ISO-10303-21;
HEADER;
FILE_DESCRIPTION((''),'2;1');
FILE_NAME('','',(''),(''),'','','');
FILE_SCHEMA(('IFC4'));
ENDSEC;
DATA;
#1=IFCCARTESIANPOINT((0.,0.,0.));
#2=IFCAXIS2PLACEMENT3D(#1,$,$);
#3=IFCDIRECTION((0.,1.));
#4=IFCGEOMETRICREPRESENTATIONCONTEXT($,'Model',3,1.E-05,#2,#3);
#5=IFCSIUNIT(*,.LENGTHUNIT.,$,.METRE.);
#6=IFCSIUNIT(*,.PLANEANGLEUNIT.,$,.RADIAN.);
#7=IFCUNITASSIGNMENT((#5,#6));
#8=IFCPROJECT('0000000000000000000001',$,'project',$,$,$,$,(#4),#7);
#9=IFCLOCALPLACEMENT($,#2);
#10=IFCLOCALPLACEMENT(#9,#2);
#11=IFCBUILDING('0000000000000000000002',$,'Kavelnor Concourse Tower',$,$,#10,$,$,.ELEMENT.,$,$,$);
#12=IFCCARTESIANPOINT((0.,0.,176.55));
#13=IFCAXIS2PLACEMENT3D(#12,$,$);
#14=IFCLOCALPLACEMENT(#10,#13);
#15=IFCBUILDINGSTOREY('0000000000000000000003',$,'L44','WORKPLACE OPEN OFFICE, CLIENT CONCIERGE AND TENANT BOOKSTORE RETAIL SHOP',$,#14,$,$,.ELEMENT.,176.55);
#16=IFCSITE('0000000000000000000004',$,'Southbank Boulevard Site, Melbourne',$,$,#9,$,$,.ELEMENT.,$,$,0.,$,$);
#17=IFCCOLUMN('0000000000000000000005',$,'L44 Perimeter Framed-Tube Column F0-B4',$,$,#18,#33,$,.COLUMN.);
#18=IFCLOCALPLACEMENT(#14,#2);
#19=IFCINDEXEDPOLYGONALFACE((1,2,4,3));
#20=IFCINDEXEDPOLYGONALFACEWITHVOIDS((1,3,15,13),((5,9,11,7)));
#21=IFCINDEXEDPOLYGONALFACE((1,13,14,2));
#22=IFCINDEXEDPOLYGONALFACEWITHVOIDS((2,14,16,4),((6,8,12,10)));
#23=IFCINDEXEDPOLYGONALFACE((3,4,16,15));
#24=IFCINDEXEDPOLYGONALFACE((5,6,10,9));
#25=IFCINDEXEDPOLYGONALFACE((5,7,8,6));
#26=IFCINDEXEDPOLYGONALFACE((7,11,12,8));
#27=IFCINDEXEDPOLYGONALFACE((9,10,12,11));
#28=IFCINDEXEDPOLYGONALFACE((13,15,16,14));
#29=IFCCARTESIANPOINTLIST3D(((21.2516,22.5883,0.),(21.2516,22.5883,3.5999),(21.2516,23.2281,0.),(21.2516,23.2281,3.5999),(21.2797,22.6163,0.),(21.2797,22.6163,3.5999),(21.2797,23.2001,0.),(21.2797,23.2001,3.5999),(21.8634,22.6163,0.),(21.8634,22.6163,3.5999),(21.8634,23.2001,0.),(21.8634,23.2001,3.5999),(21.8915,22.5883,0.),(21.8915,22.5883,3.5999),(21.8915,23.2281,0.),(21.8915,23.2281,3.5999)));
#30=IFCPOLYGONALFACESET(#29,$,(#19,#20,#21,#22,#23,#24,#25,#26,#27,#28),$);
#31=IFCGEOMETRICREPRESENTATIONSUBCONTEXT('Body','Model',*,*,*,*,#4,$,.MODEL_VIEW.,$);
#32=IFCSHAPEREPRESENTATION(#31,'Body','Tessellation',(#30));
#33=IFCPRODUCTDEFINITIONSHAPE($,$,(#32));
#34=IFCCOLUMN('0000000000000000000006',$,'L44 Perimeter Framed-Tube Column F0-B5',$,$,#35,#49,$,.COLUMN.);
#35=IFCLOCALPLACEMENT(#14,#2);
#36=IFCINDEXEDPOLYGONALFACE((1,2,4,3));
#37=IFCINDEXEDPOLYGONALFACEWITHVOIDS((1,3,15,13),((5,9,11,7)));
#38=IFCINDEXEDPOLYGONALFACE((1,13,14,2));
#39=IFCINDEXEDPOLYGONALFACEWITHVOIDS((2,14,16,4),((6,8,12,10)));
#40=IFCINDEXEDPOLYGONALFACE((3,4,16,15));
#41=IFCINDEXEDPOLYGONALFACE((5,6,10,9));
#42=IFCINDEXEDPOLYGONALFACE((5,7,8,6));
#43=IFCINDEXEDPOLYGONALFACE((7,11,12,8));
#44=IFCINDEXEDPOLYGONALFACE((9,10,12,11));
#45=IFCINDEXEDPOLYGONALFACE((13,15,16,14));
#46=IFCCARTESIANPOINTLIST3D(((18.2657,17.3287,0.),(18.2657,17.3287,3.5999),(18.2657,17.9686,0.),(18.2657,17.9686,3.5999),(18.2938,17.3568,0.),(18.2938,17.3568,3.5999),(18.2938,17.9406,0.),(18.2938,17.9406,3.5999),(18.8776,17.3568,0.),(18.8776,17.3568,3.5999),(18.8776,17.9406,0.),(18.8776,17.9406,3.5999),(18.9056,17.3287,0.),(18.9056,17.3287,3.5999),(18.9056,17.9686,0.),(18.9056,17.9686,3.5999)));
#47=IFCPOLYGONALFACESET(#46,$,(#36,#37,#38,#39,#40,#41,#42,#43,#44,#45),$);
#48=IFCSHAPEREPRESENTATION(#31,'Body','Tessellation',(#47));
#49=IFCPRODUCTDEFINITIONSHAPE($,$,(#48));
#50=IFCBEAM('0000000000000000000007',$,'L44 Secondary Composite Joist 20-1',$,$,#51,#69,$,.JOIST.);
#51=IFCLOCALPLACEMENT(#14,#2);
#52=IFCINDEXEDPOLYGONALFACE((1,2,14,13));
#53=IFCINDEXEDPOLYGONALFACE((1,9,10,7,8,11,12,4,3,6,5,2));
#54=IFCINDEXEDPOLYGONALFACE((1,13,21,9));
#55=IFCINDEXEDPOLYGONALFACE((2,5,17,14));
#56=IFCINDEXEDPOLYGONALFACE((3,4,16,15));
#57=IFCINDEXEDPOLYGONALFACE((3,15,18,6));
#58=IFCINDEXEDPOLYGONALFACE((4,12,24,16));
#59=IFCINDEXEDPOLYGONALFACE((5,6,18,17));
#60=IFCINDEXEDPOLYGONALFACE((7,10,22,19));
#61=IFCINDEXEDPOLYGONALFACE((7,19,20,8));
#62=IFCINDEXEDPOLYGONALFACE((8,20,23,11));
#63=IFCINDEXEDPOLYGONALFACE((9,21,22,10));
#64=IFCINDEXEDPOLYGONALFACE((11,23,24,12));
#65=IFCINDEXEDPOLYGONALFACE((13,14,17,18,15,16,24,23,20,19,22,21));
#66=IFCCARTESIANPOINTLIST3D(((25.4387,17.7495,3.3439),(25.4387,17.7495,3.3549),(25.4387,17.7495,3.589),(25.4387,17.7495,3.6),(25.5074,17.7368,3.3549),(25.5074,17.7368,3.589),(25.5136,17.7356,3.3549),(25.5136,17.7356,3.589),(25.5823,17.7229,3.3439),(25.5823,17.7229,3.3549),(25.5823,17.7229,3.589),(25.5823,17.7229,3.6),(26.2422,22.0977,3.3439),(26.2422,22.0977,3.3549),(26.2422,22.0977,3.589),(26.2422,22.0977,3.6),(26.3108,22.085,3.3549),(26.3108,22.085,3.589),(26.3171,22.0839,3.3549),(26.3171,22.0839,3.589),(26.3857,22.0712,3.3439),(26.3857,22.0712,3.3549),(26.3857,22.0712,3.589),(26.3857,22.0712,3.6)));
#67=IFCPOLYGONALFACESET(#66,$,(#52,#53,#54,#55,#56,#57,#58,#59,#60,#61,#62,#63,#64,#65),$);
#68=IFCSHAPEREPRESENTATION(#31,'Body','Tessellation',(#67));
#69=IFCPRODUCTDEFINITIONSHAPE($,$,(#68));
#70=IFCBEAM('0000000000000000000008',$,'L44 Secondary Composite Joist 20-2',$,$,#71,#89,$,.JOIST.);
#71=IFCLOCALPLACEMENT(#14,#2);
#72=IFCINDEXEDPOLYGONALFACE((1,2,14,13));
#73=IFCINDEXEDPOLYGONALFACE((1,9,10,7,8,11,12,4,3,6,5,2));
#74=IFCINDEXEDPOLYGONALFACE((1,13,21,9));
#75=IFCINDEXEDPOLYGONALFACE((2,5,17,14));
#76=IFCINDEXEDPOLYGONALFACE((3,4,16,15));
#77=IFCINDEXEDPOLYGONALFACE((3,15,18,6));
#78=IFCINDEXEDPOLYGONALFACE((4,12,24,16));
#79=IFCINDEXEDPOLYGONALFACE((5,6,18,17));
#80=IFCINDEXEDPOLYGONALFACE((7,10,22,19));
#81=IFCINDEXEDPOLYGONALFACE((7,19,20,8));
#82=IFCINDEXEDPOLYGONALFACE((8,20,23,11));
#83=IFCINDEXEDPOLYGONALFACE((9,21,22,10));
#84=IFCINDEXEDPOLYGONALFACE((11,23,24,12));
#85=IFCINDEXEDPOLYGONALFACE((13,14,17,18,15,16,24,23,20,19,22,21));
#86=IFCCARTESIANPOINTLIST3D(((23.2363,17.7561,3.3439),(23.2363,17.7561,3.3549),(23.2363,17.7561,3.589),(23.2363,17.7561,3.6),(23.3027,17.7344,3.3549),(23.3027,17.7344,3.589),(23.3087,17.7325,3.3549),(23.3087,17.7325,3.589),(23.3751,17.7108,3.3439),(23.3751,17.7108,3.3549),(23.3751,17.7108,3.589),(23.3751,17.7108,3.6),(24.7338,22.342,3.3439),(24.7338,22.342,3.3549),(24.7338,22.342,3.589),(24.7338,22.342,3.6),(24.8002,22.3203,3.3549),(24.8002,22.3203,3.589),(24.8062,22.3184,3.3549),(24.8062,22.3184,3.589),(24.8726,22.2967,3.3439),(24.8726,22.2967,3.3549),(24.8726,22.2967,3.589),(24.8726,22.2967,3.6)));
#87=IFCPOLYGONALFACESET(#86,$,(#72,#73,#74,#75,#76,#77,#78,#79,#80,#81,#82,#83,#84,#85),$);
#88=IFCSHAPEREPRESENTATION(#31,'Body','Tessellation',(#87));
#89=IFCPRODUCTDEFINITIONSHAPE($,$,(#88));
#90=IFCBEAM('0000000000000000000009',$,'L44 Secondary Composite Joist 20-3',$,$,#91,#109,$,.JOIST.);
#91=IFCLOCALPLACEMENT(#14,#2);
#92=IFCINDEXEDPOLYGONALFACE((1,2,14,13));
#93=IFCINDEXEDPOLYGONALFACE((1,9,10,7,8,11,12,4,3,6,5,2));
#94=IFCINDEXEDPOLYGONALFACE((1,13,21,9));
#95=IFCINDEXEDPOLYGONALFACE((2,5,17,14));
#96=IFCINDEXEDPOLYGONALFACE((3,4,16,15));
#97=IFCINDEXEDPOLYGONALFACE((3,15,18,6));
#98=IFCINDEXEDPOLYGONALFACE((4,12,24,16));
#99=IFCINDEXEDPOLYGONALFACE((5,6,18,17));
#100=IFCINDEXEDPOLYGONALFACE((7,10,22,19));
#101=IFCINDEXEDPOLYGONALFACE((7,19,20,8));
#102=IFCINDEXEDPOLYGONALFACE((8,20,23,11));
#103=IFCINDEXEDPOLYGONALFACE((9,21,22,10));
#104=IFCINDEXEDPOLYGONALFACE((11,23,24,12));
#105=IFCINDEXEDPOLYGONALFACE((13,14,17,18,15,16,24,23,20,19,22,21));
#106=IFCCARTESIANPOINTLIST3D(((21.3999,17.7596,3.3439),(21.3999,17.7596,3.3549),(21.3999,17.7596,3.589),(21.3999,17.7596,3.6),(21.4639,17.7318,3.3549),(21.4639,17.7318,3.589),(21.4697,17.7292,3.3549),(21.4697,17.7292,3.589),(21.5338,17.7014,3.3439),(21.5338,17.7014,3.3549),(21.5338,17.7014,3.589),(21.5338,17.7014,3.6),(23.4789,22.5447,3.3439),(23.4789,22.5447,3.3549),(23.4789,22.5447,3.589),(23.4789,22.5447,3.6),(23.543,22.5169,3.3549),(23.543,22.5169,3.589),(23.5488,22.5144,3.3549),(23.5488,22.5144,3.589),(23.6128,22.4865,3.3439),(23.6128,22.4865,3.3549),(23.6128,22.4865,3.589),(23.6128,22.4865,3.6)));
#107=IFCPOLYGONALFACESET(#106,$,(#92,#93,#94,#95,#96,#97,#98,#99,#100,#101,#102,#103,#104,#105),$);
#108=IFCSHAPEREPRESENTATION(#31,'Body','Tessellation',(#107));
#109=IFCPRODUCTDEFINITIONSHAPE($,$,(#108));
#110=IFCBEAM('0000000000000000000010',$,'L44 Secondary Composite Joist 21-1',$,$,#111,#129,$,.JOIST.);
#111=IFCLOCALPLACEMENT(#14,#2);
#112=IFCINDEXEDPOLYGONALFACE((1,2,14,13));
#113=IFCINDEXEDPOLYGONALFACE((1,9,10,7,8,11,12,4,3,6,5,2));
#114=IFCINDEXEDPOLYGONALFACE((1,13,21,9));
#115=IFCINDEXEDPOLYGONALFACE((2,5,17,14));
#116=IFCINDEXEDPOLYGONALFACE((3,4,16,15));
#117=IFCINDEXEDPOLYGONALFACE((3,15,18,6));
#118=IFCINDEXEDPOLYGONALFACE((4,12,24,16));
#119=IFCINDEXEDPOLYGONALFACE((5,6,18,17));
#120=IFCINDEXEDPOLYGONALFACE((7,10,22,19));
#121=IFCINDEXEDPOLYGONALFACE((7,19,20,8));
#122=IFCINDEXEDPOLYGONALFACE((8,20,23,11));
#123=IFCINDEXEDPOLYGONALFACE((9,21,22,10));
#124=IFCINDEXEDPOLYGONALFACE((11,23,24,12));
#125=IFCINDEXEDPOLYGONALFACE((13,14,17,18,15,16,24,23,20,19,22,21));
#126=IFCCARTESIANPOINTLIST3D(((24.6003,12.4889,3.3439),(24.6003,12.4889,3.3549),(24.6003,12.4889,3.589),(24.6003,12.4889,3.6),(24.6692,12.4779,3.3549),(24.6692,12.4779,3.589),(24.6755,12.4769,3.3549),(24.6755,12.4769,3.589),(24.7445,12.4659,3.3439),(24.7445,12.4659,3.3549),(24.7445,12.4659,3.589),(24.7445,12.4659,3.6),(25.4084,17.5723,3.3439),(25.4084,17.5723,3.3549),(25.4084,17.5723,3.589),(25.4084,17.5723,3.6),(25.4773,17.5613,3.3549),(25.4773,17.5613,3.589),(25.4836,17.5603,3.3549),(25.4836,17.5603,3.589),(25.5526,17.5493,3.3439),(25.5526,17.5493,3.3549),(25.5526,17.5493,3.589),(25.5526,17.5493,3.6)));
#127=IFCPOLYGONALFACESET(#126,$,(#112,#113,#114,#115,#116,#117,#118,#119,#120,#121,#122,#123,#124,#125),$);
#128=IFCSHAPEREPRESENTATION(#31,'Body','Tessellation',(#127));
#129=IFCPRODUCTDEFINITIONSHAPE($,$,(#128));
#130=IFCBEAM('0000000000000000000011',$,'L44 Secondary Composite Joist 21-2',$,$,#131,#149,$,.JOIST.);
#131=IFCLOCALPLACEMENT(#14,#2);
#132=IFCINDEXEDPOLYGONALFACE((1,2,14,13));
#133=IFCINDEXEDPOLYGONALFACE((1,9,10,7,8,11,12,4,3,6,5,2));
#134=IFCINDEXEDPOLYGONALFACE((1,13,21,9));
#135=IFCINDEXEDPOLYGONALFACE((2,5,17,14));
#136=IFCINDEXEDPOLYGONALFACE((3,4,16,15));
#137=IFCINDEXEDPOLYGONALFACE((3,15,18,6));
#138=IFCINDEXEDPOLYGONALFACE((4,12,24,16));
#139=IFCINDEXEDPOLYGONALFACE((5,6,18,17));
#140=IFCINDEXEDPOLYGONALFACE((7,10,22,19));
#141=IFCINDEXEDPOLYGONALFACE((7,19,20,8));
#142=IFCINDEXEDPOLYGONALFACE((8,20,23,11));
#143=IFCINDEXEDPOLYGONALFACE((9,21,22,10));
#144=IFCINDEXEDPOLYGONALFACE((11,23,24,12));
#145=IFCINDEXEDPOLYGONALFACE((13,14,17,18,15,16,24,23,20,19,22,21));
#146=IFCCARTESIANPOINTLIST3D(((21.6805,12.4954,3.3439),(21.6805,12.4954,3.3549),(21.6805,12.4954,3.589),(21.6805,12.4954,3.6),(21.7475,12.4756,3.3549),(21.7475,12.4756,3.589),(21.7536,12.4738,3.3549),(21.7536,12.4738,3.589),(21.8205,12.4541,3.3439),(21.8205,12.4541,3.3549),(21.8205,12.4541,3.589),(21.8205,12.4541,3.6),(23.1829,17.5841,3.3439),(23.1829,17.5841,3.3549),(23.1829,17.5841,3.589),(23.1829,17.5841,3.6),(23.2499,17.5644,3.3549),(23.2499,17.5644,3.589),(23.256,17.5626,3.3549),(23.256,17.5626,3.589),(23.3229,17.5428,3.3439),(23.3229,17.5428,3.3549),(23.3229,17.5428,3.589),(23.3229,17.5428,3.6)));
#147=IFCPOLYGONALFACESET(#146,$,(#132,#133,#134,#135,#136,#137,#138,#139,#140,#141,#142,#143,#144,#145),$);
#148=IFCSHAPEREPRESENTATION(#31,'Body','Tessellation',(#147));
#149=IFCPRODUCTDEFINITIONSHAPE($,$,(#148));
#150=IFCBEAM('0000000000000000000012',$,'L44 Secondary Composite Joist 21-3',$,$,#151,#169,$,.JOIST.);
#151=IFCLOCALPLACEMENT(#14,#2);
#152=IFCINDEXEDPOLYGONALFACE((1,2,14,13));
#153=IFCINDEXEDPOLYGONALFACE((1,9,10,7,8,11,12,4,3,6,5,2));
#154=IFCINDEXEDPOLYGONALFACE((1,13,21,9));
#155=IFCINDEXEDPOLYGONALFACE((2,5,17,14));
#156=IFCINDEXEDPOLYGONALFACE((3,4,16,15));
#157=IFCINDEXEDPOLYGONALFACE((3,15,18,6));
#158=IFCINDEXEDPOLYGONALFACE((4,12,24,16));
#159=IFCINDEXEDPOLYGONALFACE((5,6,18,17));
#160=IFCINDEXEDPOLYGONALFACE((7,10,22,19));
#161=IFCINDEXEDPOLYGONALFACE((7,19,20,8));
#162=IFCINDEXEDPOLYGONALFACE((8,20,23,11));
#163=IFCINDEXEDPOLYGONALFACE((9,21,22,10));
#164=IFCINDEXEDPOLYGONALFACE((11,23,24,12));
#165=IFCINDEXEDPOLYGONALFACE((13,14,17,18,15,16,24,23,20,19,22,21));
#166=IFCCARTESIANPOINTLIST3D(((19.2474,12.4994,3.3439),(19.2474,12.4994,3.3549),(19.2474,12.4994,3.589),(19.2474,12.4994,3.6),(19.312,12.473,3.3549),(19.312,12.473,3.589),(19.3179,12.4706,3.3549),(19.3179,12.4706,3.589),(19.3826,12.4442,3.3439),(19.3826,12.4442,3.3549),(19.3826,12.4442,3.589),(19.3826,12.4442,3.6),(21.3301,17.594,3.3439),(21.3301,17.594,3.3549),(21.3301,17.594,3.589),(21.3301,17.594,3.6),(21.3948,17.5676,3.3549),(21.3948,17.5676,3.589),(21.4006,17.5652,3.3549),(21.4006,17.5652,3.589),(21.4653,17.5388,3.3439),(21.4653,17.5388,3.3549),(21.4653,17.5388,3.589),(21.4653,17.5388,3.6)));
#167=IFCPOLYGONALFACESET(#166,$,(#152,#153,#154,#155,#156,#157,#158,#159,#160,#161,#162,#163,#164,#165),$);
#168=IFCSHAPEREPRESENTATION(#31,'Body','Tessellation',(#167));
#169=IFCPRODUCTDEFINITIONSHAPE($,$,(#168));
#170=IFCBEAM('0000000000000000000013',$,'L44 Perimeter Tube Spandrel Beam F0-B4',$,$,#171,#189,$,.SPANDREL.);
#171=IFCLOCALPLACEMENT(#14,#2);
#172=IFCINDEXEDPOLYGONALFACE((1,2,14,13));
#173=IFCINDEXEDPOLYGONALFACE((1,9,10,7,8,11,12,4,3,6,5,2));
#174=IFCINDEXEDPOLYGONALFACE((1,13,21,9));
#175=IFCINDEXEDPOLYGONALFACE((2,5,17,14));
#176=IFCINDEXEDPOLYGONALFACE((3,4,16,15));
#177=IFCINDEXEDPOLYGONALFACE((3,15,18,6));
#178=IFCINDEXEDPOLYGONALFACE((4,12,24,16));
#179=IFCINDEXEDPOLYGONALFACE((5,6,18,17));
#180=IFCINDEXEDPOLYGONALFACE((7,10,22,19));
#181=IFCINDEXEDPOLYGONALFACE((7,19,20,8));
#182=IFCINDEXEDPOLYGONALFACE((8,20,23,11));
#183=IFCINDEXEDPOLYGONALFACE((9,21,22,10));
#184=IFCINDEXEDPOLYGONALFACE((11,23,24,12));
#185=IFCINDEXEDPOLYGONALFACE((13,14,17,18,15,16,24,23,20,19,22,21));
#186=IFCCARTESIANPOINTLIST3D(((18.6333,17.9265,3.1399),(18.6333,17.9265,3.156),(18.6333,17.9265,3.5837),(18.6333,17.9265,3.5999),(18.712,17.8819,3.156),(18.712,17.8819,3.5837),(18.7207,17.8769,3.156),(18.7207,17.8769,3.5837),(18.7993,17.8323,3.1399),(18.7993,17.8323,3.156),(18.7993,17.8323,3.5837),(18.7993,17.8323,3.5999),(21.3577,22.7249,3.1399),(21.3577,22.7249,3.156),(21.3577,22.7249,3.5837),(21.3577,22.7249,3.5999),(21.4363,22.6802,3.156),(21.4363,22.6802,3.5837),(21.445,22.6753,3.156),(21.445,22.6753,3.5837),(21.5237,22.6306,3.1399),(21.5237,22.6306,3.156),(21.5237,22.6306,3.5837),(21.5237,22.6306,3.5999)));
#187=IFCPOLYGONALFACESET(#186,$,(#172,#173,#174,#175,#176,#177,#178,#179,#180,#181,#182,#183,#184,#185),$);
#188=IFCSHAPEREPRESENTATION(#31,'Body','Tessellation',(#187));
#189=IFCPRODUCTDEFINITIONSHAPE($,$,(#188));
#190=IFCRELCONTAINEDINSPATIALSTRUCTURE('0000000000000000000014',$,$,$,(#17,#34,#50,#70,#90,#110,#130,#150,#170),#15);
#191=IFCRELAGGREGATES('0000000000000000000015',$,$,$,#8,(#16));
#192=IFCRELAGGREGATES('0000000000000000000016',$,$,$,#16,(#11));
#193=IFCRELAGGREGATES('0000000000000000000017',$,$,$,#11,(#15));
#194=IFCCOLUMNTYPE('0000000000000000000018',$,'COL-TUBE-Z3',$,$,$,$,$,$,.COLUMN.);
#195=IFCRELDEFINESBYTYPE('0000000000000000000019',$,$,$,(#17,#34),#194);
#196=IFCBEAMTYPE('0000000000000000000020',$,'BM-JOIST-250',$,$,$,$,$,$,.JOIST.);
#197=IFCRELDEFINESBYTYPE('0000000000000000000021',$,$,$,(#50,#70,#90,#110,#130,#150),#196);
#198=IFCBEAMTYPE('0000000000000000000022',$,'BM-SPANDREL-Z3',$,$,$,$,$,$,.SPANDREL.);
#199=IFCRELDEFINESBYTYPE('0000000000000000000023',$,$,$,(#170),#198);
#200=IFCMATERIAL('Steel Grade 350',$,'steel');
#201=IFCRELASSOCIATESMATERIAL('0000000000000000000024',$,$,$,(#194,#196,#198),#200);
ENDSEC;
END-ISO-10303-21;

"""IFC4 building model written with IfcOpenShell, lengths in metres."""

from ifc_helpers import new_model, si_unit, direction, frame, origin, origin_2d, place, context, subcontext, project, spatial, hollow_rectangle, i_section, extrude, material, material_profile, profile_set, type_object, element, save


model = new_model("IFC4")

# Units and contexts
model_context = context("Model", 3, precision=1e-05, world=origin(), true_north=direction((0.0, 1.0)))
body_context = subcontext(model_context, "Body", "Model", "MODEL_VIEW")
ifc_project = project(units=[si_unit("LENGTHUNIT", "METRE"), si_unit("PLANEANGLEUNIT", "RADIAN")], contexts=[model_context])

# Site, building, storey
site_placement = place(None, origin())
site = spatial("IfcSite", under=ifc_project, at=site_placement, Name="Southbank Boulevard Site, Melbourne", CompositionType="ELEMENT", RefElevation=0.0)
building_placement = place(site_placement, origin())
building = spatial("IfcBuilding", under=site, at=building_placement, Name="Kavelnor Concourse Tower", CompositionType="ELEMENT")
storey_placement = place(building_placement, frame((0.0, 0.0, 176.55)))
storey = spatial("IfcBuildingStorey", under=building, at=storey_placement, Name="L44", Description="WORKPLACE OPEN OFFICE, CLIENT CONCIERGE AND TENANT BOOKSTORE RETAIL SHOP", CompositionType="ELEMENT", Elevation=176.55)

# Columns
ifc_material_1 = material(Name="Steel Grade 350", Category="steel")
ifc_material_profile_1 = material_profile(ifc_material_1, hollow_rectangle(XDim=0.6399, YDim=0.6399, WallThickness=0.0281, at=origin_2d()), Name="SHS 640x640x28")
ifc_profile_set_1 = profile_set([ifc_material_profile_1], Name="Steel Grade 350")
column_type = type_object("IfcColumnType", Name="COL-TUBE-Z3", PredefinedType="COLUMN", material=ifc_profile_set_1)
for number, where, z_axis, x_axis, name in (
    (1, (21.5715, 22.9082, 0.0), (0.0, 0.0, 1.0), (1.0, 0.0, 0.0), "L44 Perimeter Framed-Tube Column F0-B4"),
    (2, (18.5857, 17.6487, 0.0), (0.0, 0.0, 1.0), (1.0, 0.0, 0.0), "L44 Perimeter Framed-Tube Column F0-B5"),
):
    element("IfcColumn", number, at=place(storey_placement, frame(where, z_axis=z_axis, x_axis=x_axis)), inside=storey, type_object=column_type, Name=name, PredefinedType="COLUMN", context=body_context, shape_type="SweptSolid", body=[
        extrude(hollow_rectangle(XDim=0.6399, YDim=0.6399, WallThickness=0.0281, at=origin_2d()), origin(), (0.0, 0.0, 1.0), 3.5999),
    ])

# Beams
ifc_material_profile_2 = material_profile(ifc_material_1, i_section(OverallWidth=0.146, OverallDepth=0.2561, WebThickness=0.0063, FlangeThickness=0.011, at=origin_2d()), Name="250UB37")
ifc_profile_set_2 = profile_set([ifc_material_profile_2], Name="Steel Grade 350")
beam_type_1 = type_object("IfcBeamType", Name="BM-JOIST-250", PredefinedType="JOIST", material=ifc_profile_set_2)
beam_1_placement = place(storey_placement, frame((26.314, 22.0845, 3.4719), z_axis=(-0.181708, -0.983353, 0.0), x_axis=(0.983353, -0.181708, 0.0)))
element("IfcBeam", 3, at=beam_1_placement, inside=storey, type_object=beam_type_1, Name="L44 Secondary Composite Joist 20-1", PredefinedType="JOIST", context=body_context, shape_type="SweptSolid", body=[
    extrude(i_section(OverallWidth=0.146, OverallDepth=0.2561, WebThickness=0.0063, FlangeThickness=0.011, at=origin_2d()), origin(), (0.0, 0.0, 1.0), 4.4219),
])
beam_2_placement = place(storey_placement, frame((24.8032, 22.3193, 3.4719), z_axis=(-0.310422, -0.950599, 0.0), x_axis=(0.950599, -0.310422, 0.0)))
element("IfcBeam", 4, at=beam_2_placement, inside=storey, type_object=beam_type_1, Name="L44 Secondary Composite Joist 20-2", PredefinedType="JOIST", context=body_context, shape_type="SweptSolid", body=[
    extrude(i_section(OverallWidth=0.146, OverallDepth=0.2561, WebThickness=0.0063, FlangeThickness=0.011, at=origin_2d()), origin(), (0.0, 0.0, 1.0), 4.8242),
])
beam_3_placement = place(storey_placement, frame((23.5459, 22.5156, 3.4719), z_axis=(-0.3985, -0.917168, 0.0), x_axis=(0.917168, -0.3985, 0.0)))
element("IfcBeam", 5, at=beam_3_placement, inside=storey, type_object=beam_type_1, Name="L44 Secondary Composite Joist 20-3", PredefinedType="JOIST", context=body_context, shape_type="SweptSolid", body=[
    extrude(i_section(OverallWidth=0.146, OverallDepth=0.2561, WebThickness=0.0063, FlangeThickness=0.011, at=origin_2d()), origin(), (0.0, 0.0, 1.0), 5.2173),
])
beam_4_placement = place(storey_placement, frame((25.4805, 17.5608, 3.4719), z_axis=(-0.156995, -0.987599, 0.0), x_axis=(0.987599, -0.156995, 0.0)))
element("IfcBeam", 6, at=beam_4_placement, inside=storey, type_object=beam_type_1, Name="L44 Secondary Composite Joist 21-1", PredefinedType="JOIST", context=body_context, shape_type="SweptSolid", body=[
    extrude(i_section(OverallWidth=0.146, OverallDepth=0.2561, WebThickness=0.0063, FlangeThickness=0.011, at=origin_2d()), origin(), (0.0, 0.0, 1.0), 5.1472),
])
beam_5_placement = place(storey_placement, frame((23.2529, 17.5635, 3.4719), z_axis=(-0.283158, -0.959073, 0.0), x_axis=(0.959073, -0.283158, 0.0)))
element("IfcBeam", 7, at=beam_5_placement, inside=storey, type_object=beam_type_1, Name="L44 Secondary Composite Joist 21-2", PredefinedType="JOIST", context=body_context, shape_type="SweptSolid", body=[
    extrude(i_section(OverallWidth=0.146, OverallDepth=0.2561, WebThickness=0.0063, FlangeThickness=0.011, at=origin_2d()), origin(), (0.0, 0.0, 1.0), 5.3059),
])
beam_6_placement = place(storey_placement, frame((21.3977, 17.5664, 3.4719), z_axis=(-0.378408, -0.925639, 0.0), x_axis=(0.925639, -0.378408, 0.0)))
element("IfcBeam", 8, at=beam_6_placement, inside=storey, type_object=beam_type_1, Name="L44 Secondary Composite Joist 21-3", PredefinedType="JOIST", context=body_context, shape_type="SweptSolid", body=[
    extrude(i_section(OverallWidth=0.146, OverallDepth=0.2561, WebThickness=0.0063, FlangeThickness=0.011, at=origin_2d()), origin(), (0.0, 0.0, 1.0), 5.5039),
])
ifc_material_profile_3 = material_profile(ifc_material_1, i_section(OverallWidth=0.1909, OverallDepth=0.46, WebThickness=0.01, FlangeThickness=0.0161, at=origin_2d()), Name="460UB82")
ifc_profile_set_3 = profile_set([ifc_material_profile_3], Name="Steel Grade 350")
beam_type_2 = type_object("IfcBeamType", Name="BM-SPANDREL-Z3", PredefinedType="SPANDREL", material=ifc_profile_set_3)
for number, where, z_axis, x_axis, name in (
    (9, (21.4407, 22.6777, 3.3699), (-0.49374, -0.869609, 0.0), (0.869609, -0.49374, 0.0), "L44 Perimeter Tube Spandrel Beam F0-B4"),
):
    element("IfcBeam", number, at=place(storey_placement, frame(where, z_axis=z_axis, x_axis=x_axis)), inside=storey, type_object=beam_type_2, Name=name, PredefinedType="SPANDREL", context=body_context, shape_type="SweptSolid", body=[
        extrude(i_section(OverallWidth=0.1909, OverallDepth=0.46, WebThickness=0.01, FlangeThickness=0.0161, at=origin_2d()), origin(), (0.0, 0.0, 1.0), 5.5178),
    ])

save(model, "model.ifc")
